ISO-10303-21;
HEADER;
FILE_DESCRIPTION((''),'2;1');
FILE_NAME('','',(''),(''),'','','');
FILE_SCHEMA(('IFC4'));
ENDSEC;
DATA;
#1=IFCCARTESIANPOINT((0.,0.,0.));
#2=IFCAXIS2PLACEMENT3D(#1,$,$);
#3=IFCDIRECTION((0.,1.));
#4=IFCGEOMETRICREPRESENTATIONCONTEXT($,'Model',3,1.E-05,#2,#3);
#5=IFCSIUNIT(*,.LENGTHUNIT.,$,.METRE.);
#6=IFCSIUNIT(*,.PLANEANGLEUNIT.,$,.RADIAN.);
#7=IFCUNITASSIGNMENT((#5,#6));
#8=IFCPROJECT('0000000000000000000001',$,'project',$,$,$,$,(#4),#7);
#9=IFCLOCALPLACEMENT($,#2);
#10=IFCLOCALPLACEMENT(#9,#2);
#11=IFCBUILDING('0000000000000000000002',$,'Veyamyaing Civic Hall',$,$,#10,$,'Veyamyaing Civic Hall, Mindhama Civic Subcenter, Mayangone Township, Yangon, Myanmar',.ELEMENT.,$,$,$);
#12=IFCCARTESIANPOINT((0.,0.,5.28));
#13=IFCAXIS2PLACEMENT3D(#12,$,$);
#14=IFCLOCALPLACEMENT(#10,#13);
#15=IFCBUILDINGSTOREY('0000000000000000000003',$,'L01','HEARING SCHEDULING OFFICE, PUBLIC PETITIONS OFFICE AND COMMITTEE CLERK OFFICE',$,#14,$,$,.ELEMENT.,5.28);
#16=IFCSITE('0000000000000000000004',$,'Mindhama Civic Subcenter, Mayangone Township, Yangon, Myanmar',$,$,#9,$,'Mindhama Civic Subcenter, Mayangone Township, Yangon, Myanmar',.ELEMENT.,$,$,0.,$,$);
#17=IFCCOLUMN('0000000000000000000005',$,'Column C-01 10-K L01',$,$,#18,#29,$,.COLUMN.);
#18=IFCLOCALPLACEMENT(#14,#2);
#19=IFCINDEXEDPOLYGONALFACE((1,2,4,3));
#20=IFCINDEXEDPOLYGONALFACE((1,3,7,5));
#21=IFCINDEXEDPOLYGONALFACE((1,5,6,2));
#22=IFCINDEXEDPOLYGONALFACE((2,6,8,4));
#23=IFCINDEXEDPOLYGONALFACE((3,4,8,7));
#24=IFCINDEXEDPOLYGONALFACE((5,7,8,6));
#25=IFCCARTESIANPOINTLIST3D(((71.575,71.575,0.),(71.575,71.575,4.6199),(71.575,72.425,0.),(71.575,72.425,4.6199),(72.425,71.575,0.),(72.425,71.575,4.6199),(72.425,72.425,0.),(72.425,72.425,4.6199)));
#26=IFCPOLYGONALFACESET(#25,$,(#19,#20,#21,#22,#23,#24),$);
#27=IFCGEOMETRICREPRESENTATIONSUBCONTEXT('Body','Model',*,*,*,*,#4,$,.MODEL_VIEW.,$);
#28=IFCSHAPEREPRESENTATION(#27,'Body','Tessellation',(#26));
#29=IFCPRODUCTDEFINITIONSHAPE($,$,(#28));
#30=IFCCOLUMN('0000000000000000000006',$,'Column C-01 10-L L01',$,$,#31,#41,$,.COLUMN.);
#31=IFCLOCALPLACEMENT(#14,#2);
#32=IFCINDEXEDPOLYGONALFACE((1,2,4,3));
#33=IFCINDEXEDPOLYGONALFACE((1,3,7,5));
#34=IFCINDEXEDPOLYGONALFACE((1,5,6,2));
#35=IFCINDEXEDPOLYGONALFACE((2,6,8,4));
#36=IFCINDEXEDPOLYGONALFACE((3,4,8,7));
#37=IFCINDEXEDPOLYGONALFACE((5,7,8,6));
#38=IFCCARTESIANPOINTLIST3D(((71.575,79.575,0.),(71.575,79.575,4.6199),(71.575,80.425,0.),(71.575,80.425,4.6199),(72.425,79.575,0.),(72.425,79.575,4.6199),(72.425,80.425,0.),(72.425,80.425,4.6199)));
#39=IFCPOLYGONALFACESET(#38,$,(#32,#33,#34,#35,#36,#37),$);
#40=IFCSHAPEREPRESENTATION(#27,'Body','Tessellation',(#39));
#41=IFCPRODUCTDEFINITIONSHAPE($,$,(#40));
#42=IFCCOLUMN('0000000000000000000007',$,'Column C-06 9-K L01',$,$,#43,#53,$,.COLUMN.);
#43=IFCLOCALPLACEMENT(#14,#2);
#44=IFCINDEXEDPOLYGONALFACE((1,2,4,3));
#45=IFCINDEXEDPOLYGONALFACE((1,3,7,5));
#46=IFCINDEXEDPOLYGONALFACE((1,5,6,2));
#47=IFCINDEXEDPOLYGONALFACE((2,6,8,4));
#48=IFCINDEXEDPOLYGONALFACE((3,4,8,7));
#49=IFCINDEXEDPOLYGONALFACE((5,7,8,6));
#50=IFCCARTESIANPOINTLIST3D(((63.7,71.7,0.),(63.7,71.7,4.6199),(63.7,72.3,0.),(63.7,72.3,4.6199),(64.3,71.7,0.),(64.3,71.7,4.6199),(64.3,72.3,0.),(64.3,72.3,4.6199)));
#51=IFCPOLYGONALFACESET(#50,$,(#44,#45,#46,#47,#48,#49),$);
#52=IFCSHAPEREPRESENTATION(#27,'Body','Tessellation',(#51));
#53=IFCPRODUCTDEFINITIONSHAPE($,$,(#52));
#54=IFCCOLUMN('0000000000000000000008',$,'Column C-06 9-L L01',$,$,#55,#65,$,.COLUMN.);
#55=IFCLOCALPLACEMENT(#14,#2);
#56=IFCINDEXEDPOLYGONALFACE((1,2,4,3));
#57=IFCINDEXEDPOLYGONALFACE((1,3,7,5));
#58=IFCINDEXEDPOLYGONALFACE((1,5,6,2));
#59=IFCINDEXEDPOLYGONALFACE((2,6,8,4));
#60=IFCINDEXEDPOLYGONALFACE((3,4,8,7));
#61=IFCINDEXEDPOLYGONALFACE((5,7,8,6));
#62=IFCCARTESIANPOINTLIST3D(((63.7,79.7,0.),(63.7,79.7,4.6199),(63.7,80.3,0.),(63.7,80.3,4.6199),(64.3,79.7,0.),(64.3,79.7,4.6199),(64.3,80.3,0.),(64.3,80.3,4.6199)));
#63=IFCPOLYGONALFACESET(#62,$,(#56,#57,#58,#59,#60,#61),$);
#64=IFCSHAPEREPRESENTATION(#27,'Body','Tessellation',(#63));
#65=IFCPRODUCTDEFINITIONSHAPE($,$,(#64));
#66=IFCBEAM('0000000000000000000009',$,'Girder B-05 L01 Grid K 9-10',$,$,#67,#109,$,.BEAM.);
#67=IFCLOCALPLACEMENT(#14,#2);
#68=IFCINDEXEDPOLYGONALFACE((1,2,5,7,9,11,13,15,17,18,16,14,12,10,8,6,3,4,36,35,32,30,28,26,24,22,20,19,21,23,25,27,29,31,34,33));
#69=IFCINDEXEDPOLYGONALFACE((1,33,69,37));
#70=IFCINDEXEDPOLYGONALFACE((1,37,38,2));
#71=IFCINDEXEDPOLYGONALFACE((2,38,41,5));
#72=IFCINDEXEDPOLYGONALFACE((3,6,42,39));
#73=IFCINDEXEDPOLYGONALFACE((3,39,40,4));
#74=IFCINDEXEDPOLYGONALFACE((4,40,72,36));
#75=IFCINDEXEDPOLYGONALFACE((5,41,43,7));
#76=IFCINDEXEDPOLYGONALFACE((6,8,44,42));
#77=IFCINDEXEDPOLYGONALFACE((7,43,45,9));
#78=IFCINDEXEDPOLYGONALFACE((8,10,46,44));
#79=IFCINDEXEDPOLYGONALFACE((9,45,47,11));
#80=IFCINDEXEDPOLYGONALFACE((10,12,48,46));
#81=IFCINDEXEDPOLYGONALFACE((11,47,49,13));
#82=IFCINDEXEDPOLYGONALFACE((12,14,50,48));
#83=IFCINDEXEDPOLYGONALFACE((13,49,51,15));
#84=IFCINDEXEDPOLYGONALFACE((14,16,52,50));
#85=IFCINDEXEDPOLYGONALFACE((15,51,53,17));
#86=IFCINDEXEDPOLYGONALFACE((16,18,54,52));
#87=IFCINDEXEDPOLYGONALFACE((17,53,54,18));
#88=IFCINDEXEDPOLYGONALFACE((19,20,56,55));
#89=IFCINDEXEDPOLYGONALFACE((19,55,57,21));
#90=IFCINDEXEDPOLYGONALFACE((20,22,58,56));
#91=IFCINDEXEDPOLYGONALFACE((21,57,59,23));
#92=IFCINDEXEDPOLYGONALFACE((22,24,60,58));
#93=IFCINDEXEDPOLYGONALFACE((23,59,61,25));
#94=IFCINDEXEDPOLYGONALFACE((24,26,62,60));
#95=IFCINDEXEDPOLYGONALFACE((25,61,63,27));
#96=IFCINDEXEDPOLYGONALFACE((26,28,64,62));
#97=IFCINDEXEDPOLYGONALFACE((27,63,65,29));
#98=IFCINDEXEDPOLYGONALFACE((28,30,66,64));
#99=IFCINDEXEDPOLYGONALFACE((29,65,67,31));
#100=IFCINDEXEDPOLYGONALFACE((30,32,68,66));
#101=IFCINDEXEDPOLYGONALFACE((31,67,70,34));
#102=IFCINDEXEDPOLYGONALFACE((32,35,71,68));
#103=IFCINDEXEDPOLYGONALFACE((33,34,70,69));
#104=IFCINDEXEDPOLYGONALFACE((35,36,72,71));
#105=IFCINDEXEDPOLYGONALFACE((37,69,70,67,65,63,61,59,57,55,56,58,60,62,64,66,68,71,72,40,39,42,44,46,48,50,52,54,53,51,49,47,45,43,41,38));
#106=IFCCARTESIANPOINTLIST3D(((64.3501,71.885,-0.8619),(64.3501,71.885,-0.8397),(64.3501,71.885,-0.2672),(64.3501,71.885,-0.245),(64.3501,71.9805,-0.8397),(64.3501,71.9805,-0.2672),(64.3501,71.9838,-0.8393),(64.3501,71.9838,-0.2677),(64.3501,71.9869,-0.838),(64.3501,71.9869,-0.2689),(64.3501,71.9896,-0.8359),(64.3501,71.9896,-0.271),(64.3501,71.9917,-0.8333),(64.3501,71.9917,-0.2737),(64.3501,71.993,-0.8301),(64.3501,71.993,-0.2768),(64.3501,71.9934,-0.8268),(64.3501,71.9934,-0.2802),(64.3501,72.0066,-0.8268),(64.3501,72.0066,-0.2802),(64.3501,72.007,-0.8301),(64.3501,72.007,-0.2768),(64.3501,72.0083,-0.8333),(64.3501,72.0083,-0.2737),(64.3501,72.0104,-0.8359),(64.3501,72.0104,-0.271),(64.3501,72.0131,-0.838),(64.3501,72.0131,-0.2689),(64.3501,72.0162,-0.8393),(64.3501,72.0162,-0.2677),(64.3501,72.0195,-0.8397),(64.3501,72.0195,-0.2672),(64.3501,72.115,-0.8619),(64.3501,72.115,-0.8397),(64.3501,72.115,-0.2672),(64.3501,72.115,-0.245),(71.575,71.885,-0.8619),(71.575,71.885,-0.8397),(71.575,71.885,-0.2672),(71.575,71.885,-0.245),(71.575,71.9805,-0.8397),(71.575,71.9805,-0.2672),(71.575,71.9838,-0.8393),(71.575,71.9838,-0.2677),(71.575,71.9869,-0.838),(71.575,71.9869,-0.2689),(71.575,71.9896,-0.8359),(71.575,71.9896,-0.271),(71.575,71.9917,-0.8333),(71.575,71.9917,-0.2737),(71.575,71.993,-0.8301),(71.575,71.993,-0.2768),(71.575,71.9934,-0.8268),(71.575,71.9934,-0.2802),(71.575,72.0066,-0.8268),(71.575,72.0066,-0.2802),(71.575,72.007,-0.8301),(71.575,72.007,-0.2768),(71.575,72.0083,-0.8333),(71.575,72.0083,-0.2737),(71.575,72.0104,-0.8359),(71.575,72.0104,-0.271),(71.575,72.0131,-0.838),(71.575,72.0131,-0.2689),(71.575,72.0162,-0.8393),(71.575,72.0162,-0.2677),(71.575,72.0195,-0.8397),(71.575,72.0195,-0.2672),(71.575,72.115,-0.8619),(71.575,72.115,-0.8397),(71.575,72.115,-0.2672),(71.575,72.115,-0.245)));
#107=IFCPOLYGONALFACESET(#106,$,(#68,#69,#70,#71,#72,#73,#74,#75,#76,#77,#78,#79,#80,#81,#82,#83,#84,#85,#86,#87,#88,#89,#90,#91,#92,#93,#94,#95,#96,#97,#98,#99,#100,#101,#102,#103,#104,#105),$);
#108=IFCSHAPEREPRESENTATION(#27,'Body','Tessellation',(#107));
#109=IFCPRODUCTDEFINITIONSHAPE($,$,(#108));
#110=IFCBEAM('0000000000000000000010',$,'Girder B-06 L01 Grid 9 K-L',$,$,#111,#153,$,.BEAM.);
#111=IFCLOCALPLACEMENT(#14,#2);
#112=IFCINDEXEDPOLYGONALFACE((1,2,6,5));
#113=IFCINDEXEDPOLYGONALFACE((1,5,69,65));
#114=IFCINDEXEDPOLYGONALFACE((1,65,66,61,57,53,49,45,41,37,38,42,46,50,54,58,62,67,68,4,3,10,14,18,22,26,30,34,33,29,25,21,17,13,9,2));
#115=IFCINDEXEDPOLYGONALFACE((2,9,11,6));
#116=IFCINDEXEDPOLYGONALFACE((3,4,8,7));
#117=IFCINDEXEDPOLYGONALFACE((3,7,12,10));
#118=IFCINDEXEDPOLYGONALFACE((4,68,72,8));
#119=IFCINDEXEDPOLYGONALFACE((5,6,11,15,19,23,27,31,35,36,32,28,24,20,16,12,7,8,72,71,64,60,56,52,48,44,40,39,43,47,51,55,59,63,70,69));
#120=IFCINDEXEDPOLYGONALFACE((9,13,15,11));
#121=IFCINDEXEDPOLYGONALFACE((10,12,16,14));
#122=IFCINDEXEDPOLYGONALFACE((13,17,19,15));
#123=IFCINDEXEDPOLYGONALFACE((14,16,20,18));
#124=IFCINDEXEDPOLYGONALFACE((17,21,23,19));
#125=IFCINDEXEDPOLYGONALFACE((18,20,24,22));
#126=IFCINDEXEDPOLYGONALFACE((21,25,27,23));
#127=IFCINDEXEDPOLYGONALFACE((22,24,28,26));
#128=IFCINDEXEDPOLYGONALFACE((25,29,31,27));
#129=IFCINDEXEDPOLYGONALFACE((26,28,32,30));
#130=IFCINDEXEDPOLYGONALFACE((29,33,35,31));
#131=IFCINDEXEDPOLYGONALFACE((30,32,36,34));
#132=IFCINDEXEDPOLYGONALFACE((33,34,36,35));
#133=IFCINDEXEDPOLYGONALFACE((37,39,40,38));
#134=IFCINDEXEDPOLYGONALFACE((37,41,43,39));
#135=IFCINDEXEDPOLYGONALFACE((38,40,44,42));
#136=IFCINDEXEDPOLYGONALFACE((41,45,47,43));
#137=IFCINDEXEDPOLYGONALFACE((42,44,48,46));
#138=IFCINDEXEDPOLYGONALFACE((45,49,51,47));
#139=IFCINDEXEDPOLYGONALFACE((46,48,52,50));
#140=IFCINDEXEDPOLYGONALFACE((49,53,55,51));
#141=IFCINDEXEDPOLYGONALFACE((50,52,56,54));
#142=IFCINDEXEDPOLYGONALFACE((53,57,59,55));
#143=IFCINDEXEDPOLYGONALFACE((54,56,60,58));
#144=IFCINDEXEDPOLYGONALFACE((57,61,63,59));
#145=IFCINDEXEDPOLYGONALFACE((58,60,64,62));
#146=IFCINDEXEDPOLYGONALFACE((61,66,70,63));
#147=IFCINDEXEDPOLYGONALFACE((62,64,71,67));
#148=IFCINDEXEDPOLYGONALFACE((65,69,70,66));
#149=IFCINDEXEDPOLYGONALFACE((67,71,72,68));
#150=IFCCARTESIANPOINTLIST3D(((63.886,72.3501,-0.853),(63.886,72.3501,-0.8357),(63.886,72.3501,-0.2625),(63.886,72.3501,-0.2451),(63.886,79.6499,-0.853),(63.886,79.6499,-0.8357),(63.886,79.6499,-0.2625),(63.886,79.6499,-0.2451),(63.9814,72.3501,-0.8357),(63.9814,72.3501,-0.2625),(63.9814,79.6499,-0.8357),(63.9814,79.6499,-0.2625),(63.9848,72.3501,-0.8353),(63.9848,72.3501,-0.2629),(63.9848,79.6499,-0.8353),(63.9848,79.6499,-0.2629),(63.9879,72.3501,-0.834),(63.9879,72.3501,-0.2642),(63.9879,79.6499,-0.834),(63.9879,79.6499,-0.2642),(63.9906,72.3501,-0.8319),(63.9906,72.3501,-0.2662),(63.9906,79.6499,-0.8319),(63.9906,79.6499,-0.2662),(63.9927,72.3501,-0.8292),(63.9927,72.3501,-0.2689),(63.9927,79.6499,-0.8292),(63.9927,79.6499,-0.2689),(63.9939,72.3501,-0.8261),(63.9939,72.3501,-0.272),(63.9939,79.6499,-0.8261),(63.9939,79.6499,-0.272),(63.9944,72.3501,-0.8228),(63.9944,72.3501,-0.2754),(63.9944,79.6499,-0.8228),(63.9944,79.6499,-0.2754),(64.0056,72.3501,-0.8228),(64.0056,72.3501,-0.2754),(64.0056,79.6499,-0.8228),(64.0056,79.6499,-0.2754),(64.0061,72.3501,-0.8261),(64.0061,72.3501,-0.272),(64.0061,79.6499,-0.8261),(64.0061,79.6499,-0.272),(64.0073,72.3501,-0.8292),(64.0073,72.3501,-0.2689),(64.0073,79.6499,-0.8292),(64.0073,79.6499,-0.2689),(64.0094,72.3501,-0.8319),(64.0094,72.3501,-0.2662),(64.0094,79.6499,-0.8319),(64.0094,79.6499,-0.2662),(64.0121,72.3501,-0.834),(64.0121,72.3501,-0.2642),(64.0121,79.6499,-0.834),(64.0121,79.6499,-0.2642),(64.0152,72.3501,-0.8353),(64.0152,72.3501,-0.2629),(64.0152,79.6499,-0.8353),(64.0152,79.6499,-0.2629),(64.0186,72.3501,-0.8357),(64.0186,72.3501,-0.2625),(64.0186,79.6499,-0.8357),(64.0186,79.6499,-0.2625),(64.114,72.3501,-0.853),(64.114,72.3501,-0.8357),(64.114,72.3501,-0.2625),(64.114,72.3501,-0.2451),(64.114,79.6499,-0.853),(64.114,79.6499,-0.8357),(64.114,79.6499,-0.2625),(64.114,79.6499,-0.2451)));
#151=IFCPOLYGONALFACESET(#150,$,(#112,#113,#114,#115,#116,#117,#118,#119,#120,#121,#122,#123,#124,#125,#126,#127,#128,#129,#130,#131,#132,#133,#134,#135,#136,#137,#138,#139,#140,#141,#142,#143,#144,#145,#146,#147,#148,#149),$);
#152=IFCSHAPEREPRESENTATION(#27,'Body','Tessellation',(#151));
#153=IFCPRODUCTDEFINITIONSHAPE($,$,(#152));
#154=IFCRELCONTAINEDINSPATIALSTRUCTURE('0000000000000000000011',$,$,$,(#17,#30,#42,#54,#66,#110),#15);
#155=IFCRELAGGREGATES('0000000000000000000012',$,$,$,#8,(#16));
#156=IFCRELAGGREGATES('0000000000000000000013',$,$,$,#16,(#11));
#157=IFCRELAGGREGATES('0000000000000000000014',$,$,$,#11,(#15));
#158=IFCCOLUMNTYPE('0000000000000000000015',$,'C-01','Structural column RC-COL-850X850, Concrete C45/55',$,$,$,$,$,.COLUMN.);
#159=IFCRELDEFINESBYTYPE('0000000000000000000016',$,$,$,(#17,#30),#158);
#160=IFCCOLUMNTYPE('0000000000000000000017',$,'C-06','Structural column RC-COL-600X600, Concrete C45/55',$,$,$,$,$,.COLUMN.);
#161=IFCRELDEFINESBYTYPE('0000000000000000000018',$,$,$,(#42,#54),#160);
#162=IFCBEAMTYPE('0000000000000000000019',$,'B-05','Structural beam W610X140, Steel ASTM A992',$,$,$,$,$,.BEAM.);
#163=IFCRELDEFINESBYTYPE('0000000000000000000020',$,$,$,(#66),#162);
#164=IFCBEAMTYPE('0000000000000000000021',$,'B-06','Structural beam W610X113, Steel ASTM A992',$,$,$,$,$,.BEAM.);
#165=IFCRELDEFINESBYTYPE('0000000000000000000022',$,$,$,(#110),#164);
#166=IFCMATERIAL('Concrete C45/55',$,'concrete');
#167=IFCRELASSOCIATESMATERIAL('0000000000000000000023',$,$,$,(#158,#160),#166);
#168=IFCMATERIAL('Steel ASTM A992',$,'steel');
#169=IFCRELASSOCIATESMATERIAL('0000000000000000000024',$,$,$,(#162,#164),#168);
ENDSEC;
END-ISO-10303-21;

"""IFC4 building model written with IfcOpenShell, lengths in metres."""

from ifc_helpers import new_model, si_unit, direction, frame, origin, origin_2d, place, context, subcontext, project, spatial, rectangle, i_section, extrude, material, material_profile, profile_set, type_object, element, save


model = new_model("IFC4")

# Units and contexts
model_context = context("Model", 3, precision=1e-05, world=origin(), true_north=direction((0.0, 1.0)))
body_context = subcontext(model_context, "Body", "Model", "MODEL_VIEW")
ifc_project = project(units=[si_unit("LENGTHUNIT", "METRE"), si_unit("PLANEANGLEUNIT", "RADIAN")], contexts=[model_context])

# Site, building, storey
site_placement = place(None, origin())
site = spatial("IfcSite", under=ifc_project, at=site_placement, Name="Mindhama Civic Subcenter, Mayangone Township, Yangon, Myanmar", LongName="Mindhama Civic Subcenter, Mayangone Township, Yangon, Myanmar", CompositionType="ELEMENT", RefElevation=0.0)
building_placement = place(site_placement, origin())
building = spatial("IfcBuilding", under=site, at=building_placement, Name="Veyamyaing Civic Hall", LongName="Veyamyaing Civic Hall, Mindhama Civic Subcenter, Mayangone Township, Yangon, Myanmar", CompositionType="ELEMENT")
storey_placement = place(building_placement, frame((0.0, 0.0, 5.28)))
storey = spatial("IfcBuildingStorey", under=building, at=storey_placement, Name="L01", Description="HEARING SCHEDULING OFFICE, PUBLIC PETITIONS OFFICE AND COMMITTEE CLERK OFFICE", CompositionType="ELEMENT", Elevation=5.28)

# Columns
ifc_material_1 = material(Name="Concrete C45/55", Category="concrete")
ifc_material_profile_1 = material_profile(ifc_material_1, rectangle(XDim=0.8501, YDim=0.8501, at=origin_2d()), Name="RC-COL-850X850")
ifc_profile_set_1 = profile_set([ifc_material_profile_1], Name="Concrete C45/55")
column_type_1 = type_object("IfcColumnType", Name="C-01", Description="Structural column RC-COL-850X850, Concrete C45/55", PredefinedType="COLUMN", material=ifc_profile_set_1)
for number, where, z_axis, x_axis, name in (
    (1, (72.0, 72.0, 0.0), (0.0, 0.0, 1.0), (1.0, 0.0, 0.0), "Column C-01 10-K L01"),
    (2, (72.0, 80.0, 0.0), (0.0, 0.0, 1.0), (1.0, 0.0, 0.0), "Column C-01 10-L L01"),
):
    element("IfcColumn", number, at=place(storey_placement, frame(where, z_axis=z_axis, x_axis=x_axis)), inside=storey, type_object=column_type_1, Name=name, PredefinedType="COLUMN", context=body_context, shape_type="SweptSolid", body=[
        extrude(rectangle(XDim=0.8501, YDim=0.8501, at=origin_2d()), origin(), (0.0, 0.0, 1.0), 4.6199),
    ])
ifc_material_profile_2 = material_profile(ifc_material_1, rectangle(XDim=0.6001, YDim=0.6001, at=origin_2d()), Name="RC-COL-600X600")
ifc_profile_set_2 = profile_set([ifc_material_profile_2], Name="Concrete C45/55")
column_type_2 = type_object("IfcColumnType", Name="C-06", Description="Structural column RC-COL-600X600, Concrete C45/55", PredefinedType="COLUMN", material=ifc_profile_set_2)
for number, where, z_axis, x_axis, name in (
    (3, (64.0, 72.0, 0.0), (0.0, 0.0, 1.0), (1.0, 0.0, 0.0), "Column C-06 9-K L01"),
    (4, (64.0, 80.0, 0.0), (0.0, 0.0, 1.0), (1.0, 0.0, 0.0), "Column C-06 9-L L01"),
):
    element("IfcColumn", number, at=place(storey_placement, frame(where, z_axis=z_axis, x_axis=x_axis)), inside=storey, type_object=column_type_2, Name=name, PredefinedType="COLUMN", context=body_context, shape_type="SweptSolid", body=[
        extrude(rectangle(XDim=0.6001, YDim=0.6001, at=origin_2d()), origin(), (0.0, 0.0, 1.0), 4.6199),
    ])

# Beams
ifc_material_2 = material(Name="Steel ASTM A992", Category="steel")
ifc_material_profile_3 = material_profile(ifc_material_2, i_section(OverallWidth=0.23, OverallDepth=0.6169, WebThickness=0.0132, FlangeThickness=0.0222, FilletRadius=0.0129, at=origin_2d()), Name="W610X140")
ifc_profile_set_3 = profile_set([ifc_material_profile_3], Name="Steel ASTM A992")
beam_type_1 = type_object("IfcBeamType", Name="B-05", Description="Structural beam W610X140, Steel ASTM A992", PredefinedType="BEAM", material=ifc_profile_set_3)
beam_1_placement = place(storey_placement, frame((64.3501, 72.0, -0.5535), z_axis=(1.0, 0.0, 0.0), x_axis=(0.0, 1.0, 0.0)))
element("IfcBeam", 5, at=beam_1_placement, inside=storey, type_object=beam_type_1, Name="Girder B-05 L01 Grid K 9-10", PredefinedType="BEAM", context=body_context, shape_type="SweptSolid", body=[
    extrude(i_section(OverallWidth=0.23, OverallDepth=0.6169, WebThickness=0.0132, FlangeThickness=0.0222, FilletRadius=0.0129, at=origin_2d()), origin(), (0.0, 0.0, 1.0), 7.2249),
])
ifc_material_profile_4 = material_profile(ifc_material_2, i_section(OverallWidth=0.228, OverallDepth=0.6079, WebThickness=0.0112, FlangeThickness=0.0173, FilletRadius=0.0129, at=origin_2d()), Name="W610X113")
ifc_profile_set_4 = profile_set([ifc_material_profile_4], Name="Steel ASTM A992")
beam_type_2 = type_object("IfcBeamType", Name="B-06", Description="Structural beam W610X113, Steel ASTM A992", PredefinedType="BEAM", material=ifc_profile_set_4)
beam_2_placement = place(storey_placement, frame((64.0, 72.3501, -0.5491), z_axis=(0.0, 1.0, 0.0), x_axis=(-1.0, 0.0, 0.0)))
element("IfcBeam", 6, at=beam_2_placement, inside=storey, type_object=beam_type_2, Name="Girder B-06 L01 Grid 9 K-L", PredefinedType="BEAM", context=body_context, shape_type="SweptSolid", body=[
    extrude(i_section(OverallWidth=0.228, OverallDepth=0.6079, WebThickness=0.0112, FlangeThickness=0.0173, FilletRadius=0.0129, at=origin_2d()), origin(), (0.0, 0.0, 1.0), 7.2998),
])

save(model, "model.ifc")
